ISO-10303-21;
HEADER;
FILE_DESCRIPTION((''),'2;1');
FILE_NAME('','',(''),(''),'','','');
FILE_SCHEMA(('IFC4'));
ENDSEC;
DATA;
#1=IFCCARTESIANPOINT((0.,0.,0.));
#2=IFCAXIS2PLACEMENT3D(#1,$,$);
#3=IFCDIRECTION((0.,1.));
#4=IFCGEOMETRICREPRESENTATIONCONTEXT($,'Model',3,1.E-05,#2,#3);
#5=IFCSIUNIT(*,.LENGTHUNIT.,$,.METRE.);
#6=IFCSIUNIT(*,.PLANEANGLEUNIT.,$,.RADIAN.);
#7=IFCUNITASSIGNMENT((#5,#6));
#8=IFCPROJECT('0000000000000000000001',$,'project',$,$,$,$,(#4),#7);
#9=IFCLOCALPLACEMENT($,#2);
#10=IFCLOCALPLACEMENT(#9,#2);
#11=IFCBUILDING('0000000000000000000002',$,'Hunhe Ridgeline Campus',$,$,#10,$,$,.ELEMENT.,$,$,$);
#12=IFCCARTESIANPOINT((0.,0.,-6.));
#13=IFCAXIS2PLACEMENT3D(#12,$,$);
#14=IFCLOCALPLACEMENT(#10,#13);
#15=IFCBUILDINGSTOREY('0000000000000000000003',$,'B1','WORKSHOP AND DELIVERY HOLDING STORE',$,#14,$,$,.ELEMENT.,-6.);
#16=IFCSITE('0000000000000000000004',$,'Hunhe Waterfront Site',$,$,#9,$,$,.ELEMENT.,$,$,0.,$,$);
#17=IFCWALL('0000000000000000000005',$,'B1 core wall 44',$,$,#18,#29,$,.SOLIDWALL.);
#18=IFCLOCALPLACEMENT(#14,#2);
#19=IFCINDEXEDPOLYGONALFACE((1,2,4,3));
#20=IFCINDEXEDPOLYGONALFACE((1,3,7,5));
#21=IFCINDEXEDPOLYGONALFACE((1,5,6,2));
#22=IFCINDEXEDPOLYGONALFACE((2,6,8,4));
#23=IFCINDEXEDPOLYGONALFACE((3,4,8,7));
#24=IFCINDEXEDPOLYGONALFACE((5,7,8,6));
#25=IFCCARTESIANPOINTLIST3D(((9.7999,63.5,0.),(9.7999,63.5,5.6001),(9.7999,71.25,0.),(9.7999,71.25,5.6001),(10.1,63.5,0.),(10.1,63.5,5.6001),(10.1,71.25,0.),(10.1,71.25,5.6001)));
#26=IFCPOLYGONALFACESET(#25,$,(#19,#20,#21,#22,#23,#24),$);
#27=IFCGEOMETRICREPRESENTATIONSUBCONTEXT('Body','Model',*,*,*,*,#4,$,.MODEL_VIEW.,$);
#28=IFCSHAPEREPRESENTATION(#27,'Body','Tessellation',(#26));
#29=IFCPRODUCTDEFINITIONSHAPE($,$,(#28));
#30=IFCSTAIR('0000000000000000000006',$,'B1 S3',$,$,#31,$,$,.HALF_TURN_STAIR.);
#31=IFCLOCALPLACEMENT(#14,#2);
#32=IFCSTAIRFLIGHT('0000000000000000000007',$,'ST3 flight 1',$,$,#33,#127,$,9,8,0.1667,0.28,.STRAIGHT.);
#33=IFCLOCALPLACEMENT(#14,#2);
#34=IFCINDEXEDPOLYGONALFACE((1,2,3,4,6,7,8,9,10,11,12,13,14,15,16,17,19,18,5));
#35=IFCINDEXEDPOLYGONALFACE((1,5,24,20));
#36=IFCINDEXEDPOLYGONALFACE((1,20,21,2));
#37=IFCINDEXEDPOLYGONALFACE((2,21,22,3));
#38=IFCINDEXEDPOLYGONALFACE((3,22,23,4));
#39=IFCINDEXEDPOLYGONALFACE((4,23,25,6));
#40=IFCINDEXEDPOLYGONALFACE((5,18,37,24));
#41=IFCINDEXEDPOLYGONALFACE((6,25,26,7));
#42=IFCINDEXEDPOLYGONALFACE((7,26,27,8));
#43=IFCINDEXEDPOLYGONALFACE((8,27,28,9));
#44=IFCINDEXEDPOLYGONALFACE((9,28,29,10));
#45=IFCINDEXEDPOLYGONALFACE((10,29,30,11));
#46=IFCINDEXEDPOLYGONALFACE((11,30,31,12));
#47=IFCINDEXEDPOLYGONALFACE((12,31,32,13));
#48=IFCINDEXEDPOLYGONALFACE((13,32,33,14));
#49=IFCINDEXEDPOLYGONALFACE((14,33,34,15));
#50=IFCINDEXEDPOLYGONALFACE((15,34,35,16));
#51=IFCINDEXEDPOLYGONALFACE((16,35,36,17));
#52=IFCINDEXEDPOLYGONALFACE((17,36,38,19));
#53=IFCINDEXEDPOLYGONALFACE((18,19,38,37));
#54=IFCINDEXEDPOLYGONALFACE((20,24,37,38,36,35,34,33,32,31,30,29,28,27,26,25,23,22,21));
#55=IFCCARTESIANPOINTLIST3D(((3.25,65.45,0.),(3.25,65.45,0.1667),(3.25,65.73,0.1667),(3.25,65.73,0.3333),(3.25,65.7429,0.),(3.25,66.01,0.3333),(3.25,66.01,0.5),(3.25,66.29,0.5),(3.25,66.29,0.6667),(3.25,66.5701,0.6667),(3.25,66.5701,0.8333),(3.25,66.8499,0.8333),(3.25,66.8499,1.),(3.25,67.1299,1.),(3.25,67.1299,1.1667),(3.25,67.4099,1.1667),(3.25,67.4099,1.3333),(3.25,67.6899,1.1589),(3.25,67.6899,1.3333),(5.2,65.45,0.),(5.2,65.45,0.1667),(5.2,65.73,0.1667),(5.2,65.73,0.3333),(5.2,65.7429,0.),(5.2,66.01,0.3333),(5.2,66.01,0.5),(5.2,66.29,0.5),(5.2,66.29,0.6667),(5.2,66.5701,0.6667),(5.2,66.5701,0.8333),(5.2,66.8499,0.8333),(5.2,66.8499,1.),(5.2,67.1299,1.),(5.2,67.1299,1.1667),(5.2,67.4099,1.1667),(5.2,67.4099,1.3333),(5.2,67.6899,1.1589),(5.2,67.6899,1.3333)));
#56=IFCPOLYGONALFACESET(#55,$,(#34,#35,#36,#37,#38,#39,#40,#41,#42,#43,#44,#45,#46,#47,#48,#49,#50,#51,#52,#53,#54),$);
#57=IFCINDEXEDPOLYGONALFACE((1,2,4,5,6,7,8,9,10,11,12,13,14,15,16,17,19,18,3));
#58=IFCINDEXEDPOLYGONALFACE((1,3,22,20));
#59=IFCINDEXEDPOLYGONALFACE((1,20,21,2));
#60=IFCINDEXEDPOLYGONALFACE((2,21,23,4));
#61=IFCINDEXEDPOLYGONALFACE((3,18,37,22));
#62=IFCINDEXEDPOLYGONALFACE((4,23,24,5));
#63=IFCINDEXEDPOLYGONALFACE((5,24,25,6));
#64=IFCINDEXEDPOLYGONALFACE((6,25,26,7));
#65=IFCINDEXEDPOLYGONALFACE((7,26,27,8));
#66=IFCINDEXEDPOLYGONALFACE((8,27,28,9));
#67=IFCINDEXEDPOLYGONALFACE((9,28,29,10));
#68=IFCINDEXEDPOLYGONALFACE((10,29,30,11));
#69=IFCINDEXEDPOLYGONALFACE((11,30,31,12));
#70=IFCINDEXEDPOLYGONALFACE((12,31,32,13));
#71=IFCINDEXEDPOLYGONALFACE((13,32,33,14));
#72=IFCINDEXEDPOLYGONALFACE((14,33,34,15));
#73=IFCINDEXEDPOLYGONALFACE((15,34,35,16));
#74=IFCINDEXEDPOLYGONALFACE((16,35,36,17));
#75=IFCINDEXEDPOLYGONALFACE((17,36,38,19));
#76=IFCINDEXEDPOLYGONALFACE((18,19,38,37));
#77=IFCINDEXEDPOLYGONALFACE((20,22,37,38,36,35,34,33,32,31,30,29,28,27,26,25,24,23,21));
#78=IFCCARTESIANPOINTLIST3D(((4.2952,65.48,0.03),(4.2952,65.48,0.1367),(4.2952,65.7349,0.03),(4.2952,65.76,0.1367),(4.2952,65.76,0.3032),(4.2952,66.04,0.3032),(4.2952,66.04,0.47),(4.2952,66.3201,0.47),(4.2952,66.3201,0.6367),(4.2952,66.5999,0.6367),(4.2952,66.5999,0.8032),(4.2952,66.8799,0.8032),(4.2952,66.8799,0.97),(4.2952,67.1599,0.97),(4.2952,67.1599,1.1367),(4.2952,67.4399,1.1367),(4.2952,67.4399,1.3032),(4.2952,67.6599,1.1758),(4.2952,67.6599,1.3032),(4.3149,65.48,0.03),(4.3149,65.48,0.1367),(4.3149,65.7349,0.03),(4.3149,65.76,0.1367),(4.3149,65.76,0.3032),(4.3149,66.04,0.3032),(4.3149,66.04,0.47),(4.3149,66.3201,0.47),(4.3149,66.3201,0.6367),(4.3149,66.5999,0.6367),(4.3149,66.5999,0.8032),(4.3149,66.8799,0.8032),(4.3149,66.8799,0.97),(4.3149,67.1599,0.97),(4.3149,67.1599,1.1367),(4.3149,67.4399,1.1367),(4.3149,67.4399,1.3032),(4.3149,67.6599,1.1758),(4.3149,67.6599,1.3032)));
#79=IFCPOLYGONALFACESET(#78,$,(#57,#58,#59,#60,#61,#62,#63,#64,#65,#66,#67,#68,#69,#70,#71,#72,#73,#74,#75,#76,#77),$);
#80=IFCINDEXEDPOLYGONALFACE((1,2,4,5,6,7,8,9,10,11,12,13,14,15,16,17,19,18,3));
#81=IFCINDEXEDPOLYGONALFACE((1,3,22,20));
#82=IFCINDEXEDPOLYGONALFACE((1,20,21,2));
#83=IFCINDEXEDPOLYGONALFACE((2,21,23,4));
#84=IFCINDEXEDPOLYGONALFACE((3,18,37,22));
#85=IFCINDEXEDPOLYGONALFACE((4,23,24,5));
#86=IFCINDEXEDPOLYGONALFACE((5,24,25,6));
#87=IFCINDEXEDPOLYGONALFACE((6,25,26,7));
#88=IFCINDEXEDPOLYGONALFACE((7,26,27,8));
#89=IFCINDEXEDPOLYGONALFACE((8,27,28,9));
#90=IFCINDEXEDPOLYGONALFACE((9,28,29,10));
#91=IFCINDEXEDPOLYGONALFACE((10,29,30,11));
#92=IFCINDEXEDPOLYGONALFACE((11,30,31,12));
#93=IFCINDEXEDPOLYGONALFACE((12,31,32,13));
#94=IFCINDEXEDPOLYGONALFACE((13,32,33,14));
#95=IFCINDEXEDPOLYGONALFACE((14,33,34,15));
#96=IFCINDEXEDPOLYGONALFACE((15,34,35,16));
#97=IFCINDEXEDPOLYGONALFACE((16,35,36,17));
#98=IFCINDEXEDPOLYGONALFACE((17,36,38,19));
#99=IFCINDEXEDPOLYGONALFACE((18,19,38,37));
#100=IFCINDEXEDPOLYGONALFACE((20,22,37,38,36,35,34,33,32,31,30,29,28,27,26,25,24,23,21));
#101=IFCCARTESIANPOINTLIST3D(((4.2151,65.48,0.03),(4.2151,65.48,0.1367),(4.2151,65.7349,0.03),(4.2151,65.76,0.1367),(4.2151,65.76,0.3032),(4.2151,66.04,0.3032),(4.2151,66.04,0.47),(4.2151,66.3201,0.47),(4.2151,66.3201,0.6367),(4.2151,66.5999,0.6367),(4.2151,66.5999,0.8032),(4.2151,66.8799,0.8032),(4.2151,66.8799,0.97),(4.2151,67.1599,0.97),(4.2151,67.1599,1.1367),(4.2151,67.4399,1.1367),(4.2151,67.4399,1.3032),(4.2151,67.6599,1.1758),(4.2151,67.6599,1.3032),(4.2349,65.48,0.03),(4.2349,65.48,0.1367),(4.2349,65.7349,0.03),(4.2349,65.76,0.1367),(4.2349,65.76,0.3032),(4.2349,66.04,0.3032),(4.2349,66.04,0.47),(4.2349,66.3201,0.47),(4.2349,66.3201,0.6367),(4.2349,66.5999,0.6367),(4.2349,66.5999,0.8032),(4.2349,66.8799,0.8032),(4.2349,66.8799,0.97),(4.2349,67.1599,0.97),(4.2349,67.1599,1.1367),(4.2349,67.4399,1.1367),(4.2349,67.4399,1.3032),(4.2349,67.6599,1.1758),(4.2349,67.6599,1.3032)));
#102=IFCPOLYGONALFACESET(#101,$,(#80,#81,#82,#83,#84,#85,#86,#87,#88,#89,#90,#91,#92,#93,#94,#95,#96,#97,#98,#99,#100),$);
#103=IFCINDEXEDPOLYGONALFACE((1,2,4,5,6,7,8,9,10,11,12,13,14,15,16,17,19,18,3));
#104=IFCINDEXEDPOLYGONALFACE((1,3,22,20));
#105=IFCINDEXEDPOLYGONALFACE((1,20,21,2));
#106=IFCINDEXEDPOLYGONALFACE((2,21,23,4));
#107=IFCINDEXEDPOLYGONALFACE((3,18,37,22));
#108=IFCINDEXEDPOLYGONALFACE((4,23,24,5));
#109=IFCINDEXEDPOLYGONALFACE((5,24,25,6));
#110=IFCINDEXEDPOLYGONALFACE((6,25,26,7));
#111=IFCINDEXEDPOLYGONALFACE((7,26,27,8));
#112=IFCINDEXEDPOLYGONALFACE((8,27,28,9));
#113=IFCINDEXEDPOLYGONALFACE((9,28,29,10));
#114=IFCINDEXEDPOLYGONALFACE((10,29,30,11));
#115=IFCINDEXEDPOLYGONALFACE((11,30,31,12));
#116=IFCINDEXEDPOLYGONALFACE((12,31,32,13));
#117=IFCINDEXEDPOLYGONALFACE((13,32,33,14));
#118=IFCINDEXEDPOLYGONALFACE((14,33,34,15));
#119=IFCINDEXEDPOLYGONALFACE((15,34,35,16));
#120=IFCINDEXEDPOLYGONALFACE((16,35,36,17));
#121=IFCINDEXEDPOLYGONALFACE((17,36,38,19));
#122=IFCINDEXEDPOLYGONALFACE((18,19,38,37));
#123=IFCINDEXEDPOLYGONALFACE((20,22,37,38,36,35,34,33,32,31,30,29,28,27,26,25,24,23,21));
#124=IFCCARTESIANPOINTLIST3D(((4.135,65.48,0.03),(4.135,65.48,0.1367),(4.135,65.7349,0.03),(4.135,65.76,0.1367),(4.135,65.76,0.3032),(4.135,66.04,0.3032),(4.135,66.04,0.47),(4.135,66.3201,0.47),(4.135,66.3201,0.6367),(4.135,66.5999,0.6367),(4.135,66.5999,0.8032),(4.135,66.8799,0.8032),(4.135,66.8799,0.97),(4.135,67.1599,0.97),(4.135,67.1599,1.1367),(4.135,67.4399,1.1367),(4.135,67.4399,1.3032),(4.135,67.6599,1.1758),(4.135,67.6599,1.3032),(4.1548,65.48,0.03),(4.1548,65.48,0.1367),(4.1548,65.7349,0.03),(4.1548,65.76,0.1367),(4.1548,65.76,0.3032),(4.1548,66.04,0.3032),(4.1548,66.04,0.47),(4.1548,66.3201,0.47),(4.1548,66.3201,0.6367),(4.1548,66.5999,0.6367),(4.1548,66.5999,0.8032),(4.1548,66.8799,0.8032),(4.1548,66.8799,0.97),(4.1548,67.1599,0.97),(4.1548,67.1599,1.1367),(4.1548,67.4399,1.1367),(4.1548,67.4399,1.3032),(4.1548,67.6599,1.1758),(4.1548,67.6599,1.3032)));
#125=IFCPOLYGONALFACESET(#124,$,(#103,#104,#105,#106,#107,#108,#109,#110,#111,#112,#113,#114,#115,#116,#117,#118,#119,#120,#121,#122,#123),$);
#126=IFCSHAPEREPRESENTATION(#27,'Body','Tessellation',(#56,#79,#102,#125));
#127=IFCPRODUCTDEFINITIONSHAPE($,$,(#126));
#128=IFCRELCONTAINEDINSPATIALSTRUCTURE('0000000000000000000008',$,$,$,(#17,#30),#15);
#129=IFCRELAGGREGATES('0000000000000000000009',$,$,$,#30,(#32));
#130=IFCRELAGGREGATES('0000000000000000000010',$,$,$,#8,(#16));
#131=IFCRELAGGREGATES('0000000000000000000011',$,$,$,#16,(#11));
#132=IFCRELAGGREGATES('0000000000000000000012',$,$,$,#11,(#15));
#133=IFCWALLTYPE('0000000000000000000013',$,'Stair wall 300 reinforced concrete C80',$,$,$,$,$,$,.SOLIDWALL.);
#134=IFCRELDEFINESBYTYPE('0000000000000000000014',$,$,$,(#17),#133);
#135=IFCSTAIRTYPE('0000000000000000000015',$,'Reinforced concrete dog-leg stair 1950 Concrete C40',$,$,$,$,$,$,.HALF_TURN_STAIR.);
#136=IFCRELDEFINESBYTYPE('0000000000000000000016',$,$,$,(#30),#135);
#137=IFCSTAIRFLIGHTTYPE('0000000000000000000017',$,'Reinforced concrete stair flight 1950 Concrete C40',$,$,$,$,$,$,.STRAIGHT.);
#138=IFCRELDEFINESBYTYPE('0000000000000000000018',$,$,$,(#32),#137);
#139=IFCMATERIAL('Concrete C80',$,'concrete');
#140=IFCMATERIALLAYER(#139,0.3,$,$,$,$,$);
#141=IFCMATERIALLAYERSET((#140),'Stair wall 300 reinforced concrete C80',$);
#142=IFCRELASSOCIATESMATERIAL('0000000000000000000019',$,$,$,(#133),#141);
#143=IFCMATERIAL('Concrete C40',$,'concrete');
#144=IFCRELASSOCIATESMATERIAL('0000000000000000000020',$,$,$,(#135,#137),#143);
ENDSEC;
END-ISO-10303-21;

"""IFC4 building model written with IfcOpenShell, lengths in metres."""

from ifc_helpers import new_model, si_unit, direction, frame, frame_2d, origin, place, context, subcontext, project, spatial, polyline, rectangle, outline, extrude, material, layer, layer_set, type_object, element, aggregate, save


model = new_model("IFC4")

# Units and contexts
model_context = context("Model", 3, precision=1e-05, world=origin(), true_north=direction((0.0, 1.0)))
body_context = subcontext(model_context, "Body", "Model", "MODEL_VIEW")
ifc_project = project(units=[si_unit("LENGTHUNIT", "METRE"), si_unit("PLANEANGLEUNIT", "RADIAN")], contexts=[model_context])

# Site, building, storey
site_placement = place(None, origin())
site = spatial("IfcSite", under=ifc_project, at=site_placement, Name="Hunhe Waterfront Site", CompositionType="ELEMENT", RefElevation=0.0)
building_placement = place(site_placement, origin())
building = spatial("IfcBuilding", under=site, at=building_placement, Name="Hunhe Ridgeline Campus", CompositionType="ELEMENT")
storey_placement = place(building_placement, frame((0.0, 0.0, -6.0)))
storey = spatial("IfcBuildingStorey", under=building, at=storey_placement, Name="B1", Description="WORKSHOP AND DELIVERY HOLDING STORE", CompositionType="ELEMENT", Elevation=-6.0)

# Wall
ifc_material_1 = material(Name="Concrete C80", Category="concrete")
ifc_layer_1 = layer(ifc_material_1, 0.3)
ifc_layer_set_1 = layer_set([ifc_layer_1], Name="Stair wall 300 reinforced concrete C80")
wall_type_1 = type_object("IfcWallType", Name="Stair wall 300 reinforced concrete C80", PredefinedType="SOLIDWALL", material=ifc_layer_set_1)
wall_1_placement = place(storey_placement, frame((9.95, 63.5, 0.0), z_axis=(0.0, 0.0, 1.0), x_axis=(0.0, 1.0, 0.0)))
element("IfcWall", 1, at=wall_1_placement, inside=storey, type_object=wall_type_1, Name="B1 core wall 44", PredefinedType="SOLIDWALL", context=body_context, shape_type="SweptSolid", body=[
    extrude(rectangle(XDim=7.75, YDim=0.3, at=frame_2d((3.875, 0.0))), origin(), (0.0, 0.0, 1.0), 5.6001),
])

# Stair, stair flight
ifc_material_2 = material(Name="Concrete C40", Category="concrete")
stair_type = type_object("IfcStairType", Name="Reinforced concrete dog-leg stair 1950 Concrete C40", PredefinedType="HALF_TURN_STAIR", material=ifc_material_2)
stair_1_placement = place(storey_placement, origin())
stair_1 = element("IfcStair", 2, at=stair_1_placement, inside=storey, type_object=stair_type, Name="B1 S3", PredefinedType="HALF_TURN_STAIR")
stair_flight_type = type_object("IfcStairFlightType", Name="Reinforced concrete stair flight 1950 Concrete C40", PredefinedType="STRAIGHT", material=ifc_material_2)
stair_flight_1_placement = place(storey_placement, frame((4.2251, 65.45, 0.0), z_axis=(0.0, 0.0, 1.0), x_axis=(0.0, 1.0, 0.0)))
stair_flight_1 = element("IfcStairFlight", 3, at=stair_flight_1_placement, type_object=stair_flight_type, Name="ST3 flight 1", NumberOfRisers=9, NumberOfTreads=8, PredefinedType="STRAIGHT", RiserHeight=0.1667, TreadLength=0.28, context=body_context, shape_type="SweptSolid", body=[
    extrude(outline(polyline([(0.0, 0.0), (0.0, 0.1667), (0.28, 0.1667), (0.28, 0.3333), (0.5601, 0.3333), (0.5601, 0.5), (0.8401, 0.5), (0.8401, 0.6667), (1.1201, 0.6667), (1.1201, 0.8333), (1.3999, 0.8333), (1.3999, 1.0), (1.6799, 1.0), (1.6799, 1.1667), (1.96, 1.1667), (1.96, 1.3333), (2.24, 1.3333), (2.24, 1.5), (2.24, 1.1589), (0.293, 0.0), (0.0, 0.0)])), frame((0.0, 0.9751, 0.0), z_axis=(0.0, -1.0, 0.0), x_axis=(1.0, 0.0, 0.0)), (0.0, 0.0, 1.0), 1.95),
    extrude(outline(polyline([(0.03, 0.03), (0.03, 0.1367), (0.3101, 0.1367), (0.3101, 0.3032), (0.5901, 0.3032), (0.5901, 0.47), (0.8701, 0.47), (0.8701, 0.6367), (1.1499, 0.6367), (1.1499, 0.8032), (1.4299, 0.8032), (1.4299, 0.97), (1.71, 0.97), (1.71, 1.1367), (1.99, 1.1367), (1.99, 1.3032), (2.21, 1.3032), (2.21, 1.1758), (0.2849, 0.03), (0.03, 0.03)])), frame((0.0, -0.0701, 0.0), z_axis=(0.0, -1.0, 0.0), x_axis=(1.0, 0.0, 0.0)), (0.0, 0.0, 1.0), 0.0198),
    extrude(outline(polyline([(0.03, 0.03), (0.03, 0.1367), (0.3101, 0.1367), (0.3101, 0.3032), (0.5901, 0.3032), (0.5901, 0.47), (0.8701, 0.47), (0.8701, 0.6367), (1.1499, 0.6367), (1.1499, 0.8032), (1.4299, 0.8032), (1.4299, 0.97), (1.71, 0.97), (1.71, 1.1367), (1.99, 1.1367), (1.99, 1.3032), (2.21, 1.3032), (2.21, 1.1758), (0.2849, 0.03), (0.03, 0.03)])), frame((0.0, 0.01, 0.0), z_axis=(0.0, -1.0, 0.0), x_axis=(1.0, 0.0, 0.0)), (0.0, 0.0, 1.0), 0.0198),
    extrude(outline(polyline([(0.03, 0.03), (0.03, 0.1367), (0.3101, 0.1367), (0.3101, 0.3032), (0.5901, 0.3032), (0.5901, 0.47), (0.8701, 0.47), (0.8701, 0.6367), (1.1499, 0.6367), (1.1499, 0.8032), (1.4299, 0.8032), (1.4299, 0.97), (1.71, 0.97), (1.71, 1.1367), (1.99, 1.1367), (1.99, 1.3032), (2.21, 1.3032), (2.21, 1.1758), (0.2849, 0.03), (0.03, 0.03)])), frame((0.0, 0.0901, 0.0), z_axis=(0.0, -1.0, 0.0), x_axis=(1.0, 0.0, 0.0)), (0.0, 0.0, 1.0), 0.0198),
])
aggregate(stair_1, [stair_flight_1])

save(model, "model.ifc")
